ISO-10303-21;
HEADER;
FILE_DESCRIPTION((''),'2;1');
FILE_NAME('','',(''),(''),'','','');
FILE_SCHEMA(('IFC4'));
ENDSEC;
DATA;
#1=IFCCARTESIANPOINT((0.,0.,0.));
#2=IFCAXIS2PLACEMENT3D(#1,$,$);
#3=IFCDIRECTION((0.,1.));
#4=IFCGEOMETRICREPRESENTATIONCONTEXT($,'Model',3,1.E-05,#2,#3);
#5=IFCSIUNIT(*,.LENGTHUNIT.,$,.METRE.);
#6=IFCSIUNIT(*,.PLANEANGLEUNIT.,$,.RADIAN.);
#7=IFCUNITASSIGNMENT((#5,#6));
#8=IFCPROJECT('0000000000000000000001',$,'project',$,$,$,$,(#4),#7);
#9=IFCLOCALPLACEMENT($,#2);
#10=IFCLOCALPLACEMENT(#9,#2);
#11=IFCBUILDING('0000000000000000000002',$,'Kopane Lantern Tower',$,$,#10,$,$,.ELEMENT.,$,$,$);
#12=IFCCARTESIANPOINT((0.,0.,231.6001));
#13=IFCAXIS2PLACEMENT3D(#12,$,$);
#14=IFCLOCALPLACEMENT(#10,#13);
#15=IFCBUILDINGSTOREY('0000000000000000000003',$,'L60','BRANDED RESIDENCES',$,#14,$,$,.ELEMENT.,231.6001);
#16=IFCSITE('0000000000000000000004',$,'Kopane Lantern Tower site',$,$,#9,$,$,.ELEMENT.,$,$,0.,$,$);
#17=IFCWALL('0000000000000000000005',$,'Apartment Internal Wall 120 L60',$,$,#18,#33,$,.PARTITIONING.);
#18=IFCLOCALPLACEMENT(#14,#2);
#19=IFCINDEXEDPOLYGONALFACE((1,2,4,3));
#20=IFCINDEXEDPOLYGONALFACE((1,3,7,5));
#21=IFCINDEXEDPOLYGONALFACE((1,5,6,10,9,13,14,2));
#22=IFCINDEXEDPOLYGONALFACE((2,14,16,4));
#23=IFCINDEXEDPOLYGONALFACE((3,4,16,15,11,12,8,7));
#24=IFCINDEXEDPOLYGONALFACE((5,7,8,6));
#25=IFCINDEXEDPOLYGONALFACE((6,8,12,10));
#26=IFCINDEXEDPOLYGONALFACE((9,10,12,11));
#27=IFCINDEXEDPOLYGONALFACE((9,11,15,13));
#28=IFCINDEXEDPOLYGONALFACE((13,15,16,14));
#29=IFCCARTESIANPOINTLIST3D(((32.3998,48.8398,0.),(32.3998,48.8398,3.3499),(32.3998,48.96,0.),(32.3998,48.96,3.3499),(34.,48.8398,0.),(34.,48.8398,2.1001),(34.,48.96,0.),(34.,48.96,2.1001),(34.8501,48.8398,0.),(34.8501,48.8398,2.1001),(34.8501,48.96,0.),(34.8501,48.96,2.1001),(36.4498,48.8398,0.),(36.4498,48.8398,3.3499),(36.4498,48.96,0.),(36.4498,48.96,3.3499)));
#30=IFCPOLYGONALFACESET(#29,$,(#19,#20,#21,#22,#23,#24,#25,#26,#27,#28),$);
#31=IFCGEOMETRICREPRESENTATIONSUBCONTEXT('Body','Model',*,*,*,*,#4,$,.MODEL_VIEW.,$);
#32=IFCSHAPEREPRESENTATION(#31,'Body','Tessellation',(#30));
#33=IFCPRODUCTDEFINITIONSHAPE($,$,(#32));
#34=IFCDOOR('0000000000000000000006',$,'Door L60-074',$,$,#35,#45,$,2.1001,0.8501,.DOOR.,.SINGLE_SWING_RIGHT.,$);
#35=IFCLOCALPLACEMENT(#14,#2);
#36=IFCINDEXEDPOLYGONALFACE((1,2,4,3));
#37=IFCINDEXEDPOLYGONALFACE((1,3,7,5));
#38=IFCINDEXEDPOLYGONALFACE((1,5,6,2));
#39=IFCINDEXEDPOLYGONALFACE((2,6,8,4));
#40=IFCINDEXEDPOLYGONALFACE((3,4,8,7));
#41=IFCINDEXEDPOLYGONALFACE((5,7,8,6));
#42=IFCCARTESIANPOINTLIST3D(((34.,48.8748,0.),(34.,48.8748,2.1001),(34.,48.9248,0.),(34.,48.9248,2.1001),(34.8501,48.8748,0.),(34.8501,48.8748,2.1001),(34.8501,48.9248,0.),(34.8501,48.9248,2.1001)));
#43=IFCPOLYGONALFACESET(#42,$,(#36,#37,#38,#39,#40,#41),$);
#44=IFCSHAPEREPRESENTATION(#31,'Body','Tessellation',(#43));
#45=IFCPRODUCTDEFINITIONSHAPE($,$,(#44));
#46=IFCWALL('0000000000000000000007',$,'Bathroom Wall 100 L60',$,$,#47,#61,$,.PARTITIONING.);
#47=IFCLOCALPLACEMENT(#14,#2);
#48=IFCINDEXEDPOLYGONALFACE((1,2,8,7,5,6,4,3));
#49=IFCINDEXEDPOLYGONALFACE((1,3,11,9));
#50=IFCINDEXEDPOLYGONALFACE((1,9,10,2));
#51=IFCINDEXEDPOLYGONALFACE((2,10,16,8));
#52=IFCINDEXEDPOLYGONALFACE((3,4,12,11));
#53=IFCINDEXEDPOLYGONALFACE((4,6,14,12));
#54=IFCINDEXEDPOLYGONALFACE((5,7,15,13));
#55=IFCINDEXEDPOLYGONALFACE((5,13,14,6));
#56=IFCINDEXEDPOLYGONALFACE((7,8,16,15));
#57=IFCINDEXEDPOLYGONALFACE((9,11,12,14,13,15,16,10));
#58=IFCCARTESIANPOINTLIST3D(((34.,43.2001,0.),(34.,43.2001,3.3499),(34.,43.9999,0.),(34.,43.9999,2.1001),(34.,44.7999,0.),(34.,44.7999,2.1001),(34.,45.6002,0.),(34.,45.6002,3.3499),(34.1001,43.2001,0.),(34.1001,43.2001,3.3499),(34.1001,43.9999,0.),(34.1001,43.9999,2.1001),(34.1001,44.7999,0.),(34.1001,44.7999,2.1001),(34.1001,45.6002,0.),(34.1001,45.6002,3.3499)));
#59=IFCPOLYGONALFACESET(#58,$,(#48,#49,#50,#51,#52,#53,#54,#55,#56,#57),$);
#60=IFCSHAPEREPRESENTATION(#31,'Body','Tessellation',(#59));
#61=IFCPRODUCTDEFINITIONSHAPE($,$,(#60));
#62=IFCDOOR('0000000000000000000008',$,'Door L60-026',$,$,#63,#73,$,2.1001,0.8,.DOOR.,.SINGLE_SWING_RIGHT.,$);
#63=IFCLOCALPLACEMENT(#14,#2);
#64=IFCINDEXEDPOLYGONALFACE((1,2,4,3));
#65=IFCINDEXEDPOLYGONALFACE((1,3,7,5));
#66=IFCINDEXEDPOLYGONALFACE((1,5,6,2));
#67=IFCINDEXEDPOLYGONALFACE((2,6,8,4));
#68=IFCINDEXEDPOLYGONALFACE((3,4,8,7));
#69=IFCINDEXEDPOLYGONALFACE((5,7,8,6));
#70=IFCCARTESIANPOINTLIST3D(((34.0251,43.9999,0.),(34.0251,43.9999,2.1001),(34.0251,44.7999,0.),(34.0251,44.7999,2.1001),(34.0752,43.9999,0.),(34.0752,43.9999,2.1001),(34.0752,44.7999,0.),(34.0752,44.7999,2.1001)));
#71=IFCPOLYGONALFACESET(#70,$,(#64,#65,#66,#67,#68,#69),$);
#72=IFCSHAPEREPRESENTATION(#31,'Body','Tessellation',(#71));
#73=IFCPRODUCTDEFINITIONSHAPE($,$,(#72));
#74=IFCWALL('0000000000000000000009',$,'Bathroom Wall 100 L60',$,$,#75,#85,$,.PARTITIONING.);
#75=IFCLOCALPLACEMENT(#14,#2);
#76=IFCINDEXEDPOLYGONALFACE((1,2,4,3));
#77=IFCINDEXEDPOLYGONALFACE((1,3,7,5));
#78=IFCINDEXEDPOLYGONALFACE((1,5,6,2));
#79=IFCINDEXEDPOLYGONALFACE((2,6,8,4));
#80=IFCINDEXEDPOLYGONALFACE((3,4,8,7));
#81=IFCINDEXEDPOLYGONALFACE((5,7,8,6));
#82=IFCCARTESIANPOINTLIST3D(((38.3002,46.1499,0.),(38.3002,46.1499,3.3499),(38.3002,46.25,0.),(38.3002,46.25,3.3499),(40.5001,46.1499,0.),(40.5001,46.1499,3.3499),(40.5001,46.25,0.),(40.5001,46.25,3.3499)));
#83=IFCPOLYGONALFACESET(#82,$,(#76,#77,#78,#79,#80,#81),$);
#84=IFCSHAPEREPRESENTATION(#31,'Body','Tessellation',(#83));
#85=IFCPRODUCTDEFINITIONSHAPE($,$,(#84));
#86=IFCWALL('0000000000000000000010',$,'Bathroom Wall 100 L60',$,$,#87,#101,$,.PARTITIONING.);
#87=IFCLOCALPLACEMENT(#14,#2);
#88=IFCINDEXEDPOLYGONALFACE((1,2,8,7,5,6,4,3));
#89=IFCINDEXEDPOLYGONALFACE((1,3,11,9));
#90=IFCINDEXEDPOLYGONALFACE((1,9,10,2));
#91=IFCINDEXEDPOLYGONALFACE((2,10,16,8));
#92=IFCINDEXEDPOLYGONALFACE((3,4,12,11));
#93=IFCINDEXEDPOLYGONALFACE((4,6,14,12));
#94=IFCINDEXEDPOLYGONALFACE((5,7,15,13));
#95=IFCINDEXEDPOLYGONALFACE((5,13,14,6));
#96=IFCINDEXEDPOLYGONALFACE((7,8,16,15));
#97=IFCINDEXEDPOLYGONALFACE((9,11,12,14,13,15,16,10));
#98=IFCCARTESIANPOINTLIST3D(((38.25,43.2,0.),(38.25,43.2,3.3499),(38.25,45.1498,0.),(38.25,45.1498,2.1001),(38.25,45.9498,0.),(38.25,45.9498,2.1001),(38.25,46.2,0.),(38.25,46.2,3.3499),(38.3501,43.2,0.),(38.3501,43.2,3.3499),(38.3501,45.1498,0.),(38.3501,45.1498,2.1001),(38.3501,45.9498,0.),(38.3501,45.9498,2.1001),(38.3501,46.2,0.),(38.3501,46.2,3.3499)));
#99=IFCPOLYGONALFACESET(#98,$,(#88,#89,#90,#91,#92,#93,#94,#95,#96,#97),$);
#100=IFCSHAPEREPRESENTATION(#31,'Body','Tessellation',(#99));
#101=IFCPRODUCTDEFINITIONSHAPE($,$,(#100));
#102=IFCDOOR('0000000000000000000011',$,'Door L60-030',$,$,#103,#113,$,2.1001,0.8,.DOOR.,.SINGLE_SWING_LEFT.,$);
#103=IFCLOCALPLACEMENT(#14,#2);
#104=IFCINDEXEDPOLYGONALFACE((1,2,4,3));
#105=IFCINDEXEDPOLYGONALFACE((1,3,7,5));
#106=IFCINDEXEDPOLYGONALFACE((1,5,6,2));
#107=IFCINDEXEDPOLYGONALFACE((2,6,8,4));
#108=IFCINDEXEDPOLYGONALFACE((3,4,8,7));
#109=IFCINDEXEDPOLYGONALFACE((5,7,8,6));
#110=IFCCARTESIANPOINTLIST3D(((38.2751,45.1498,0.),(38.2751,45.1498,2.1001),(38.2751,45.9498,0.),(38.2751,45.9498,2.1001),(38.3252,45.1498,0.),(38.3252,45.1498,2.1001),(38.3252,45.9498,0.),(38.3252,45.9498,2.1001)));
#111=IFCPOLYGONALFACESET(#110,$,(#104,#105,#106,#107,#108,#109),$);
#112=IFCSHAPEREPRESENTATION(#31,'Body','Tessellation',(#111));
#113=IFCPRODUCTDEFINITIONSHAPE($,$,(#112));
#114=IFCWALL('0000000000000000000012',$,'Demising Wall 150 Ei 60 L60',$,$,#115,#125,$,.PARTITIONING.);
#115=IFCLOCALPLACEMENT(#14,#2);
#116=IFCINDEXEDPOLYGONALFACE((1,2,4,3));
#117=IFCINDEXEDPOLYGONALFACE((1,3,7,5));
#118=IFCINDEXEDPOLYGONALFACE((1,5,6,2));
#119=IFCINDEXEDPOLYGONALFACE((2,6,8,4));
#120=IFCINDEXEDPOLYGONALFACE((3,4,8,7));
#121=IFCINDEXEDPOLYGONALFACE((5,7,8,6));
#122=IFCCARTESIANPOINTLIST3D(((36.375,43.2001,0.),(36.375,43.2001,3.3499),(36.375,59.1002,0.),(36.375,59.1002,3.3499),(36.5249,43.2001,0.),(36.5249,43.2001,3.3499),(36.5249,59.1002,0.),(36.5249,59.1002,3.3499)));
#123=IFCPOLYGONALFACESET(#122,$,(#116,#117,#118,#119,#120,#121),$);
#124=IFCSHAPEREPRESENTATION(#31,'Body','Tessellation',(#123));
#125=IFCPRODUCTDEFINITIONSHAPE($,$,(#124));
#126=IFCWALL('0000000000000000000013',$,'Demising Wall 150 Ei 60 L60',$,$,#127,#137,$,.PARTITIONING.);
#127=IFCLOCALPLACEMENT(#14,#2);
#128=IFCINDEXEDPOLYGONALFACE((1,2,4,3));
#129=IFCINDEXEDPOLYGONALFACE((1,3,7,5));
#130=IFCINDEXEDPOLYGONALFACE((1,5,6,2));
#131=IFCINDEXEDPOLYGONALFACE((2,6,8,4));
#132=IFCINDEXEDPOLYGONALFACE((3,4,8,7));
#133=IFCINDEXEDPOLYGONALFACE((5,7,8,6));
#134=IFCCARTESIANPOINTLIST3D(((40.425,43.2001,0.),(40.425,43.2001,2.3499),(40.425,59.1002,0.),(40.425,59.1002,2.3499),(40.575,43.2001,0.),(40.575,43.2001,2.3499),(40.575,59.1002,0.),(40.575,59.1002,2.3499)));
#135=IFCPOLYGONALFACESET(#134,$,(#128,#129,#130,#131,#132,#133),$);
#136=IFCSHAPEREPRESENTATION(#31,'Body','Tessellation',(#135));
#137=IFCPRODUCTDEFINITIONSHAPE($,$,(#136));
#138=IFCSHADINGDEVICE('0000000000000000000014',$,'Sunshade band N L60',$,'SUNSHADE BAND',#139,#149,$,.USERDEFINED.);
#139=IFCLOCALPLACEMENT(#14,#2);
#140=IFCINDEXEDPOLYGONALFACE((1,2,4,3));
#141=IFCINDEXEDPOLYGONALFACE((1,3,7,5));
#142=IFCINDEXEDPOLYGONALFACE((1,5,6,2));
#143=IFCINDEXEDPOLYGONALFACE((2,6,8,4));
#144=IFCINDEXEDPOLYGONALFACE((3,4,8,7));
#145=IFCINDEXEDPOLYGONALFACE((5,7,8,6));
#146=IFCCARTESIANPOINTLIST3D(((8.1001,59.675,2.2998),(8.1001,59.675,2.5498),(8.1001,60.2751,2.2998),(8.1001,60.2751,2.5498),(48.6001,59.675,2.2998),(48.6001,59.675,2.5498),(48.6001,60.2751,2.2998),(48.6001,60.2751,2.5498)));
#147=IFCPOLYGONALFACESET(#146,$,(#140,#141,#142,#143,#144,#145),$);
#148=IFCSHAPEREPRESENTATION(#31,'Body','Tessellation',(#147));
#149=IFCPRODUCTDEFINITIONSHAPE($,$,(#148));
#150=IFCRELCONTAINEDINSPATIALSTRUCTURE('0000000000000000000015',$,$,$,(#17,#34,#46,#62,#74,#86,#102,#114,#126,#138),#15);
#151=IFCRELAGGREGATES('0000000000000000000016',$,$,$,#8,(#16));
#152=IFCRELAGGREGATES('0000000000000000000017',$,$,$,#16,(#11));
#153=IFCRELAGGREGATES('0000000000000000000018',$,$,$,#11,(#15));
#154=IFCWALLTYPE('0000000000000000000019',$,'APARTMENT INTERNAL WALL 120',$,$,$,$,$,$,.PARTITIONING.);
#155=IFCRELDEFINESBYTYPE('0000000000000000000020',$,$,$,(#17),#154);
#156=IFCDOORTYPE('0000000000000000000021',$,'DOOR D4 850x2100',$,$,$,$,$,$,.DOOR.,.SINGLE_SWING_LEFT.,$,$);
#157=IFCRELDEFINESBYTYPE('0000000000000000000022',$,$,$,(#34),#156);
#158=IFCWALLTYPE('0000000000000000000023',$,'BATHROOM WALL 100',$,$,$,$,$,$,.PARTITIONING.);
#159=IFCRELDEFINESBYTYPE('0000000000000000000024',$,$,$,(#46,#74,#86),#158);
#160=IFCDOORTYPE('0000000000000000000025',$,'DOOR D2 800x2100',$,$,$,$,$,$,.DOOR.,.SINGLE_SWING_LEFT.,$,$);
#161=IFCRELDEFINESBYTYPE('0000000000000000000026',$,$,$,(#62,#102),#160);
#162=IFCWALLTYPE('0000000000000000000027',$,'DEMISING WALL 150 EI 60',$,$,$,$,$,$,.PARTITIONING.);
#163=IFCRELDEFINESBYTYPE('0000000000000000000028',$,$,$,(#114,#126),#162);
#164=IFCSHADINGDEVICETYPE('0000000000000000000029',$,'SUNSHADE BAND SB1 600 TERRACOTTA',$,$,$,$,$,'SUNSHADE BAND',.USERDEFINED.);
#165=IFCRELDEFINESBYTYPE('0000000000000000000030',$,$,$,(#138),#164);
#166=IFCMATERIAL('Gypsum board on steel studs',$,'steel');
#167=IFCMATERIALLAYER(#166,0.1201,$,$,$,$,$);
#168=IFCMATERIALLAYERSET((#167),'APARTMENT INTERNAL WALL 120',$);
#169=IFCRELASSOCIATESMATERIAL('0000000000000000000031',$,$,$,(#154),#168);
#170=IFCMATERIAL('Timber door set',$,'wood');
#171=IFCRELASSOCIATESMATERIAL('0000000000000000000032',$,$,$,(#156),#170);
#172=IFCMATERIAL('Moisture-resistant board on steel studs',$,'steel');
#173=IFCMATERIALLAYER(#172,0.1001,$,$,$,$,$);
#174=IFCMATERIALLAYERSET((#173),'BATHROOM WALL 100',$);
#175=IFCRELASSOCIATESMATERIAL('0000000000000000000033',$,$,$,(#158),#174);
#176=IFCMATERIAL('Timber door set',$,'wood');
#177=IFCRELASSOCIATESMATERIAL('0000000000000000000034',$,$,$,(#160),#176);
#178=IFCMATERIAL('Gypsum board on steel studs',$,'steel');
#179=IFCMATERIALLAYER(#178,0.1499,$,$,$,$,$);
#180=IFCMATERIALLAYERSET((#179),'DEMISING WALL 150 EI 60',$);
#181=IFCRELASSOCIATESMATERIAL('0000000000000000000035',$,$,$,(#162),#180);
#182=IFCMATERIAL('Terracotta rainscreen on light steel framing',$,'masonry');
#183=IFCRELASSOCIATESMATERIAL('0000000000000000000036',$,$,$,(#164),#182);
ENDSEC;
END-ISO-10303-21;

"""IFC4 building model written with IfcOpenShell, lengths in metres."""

from ifc_helpers import new_model, si_unit, direction, frame, frame_2d, origin, origin_2d, place, context, subcontext, project, spatial, rectangle, extrude, material, layer, layer_set, type_object, element, fill, save


model = new_model("IFC4")

# Units and contexts
model_context = context("Model", 3, precision=1e-05, world=origin(), true_north=direction((0.0, 1.0)))
body_context = subcontext(model_context, "Body", "Model", "MODEL_VIEW")
ifc_project = project(units=[si_unit("LENGTHUNIT", "METRE"), si_unit("PLANEANGLEUNIT", "RADIAN")], contexts=[model_context])

# Site, building, storey
site_placement = place(None, origin())
site = spatial("IfcSite", under=ifc_project, at=site_placement, Name="Kopane Lantern Tower site", CompositionType="ELEMENT", RefElevation=0.0)
building_placement = place(site_placement, origin())
building = spatial("IfcBuilding", under=site, at=building_placement, Name="Kopane Lantern Tower", CompositionType="ELEMENT")
storey_placement = place(building_placement, frame((0.0, 0.0, 231.6001)))
storey = spatial("IfcBuildingStorey", under=building, at=storey_placement, Name="L60", Description="BRANDED RESIDENCES", CompositionType="ELEMENT", Elevation=231.6001)

# Shared definitions
ifc_material_1 = material(Name="Gypsum board on steel studs", Category="steel")
ifc_layer_1 = layer(ifc_material_1, 0.1201)
ifc_layer_set_1 = layer_set([ifc_layer_1], Name="APARTMENT INTERNAL WALL 120")
wall_type_1 = type_object("IfcWallType", Name="APARTMENT INTERNAL WALL 120", PredefinedType="PARTITIONING", material=ifc_layer_set_1)

# Shared definitions
ifc_material_2 = material(Name="Timber door set", Category="wood")
door_type_1 = type_object("IfcDoorType", Name="DOOR D4 850x2100", OperationType="SINGLE_SWING_LEFT", PredefinedType="DOOR", material=ifc_material_2)

# Walls, openings, doors
wall_1_placement = place(storey_placement, frame((32.3999, 48.8999, 0.0), z_axis=(0.0, 0.0, 1.0), x_axis=(1.0, 0.0, 0.0)))
wall_1 = element("IfcWall", 1, at=wall_1_placement, inside=storey, type_object=wall_type_1, Name="Apartment Internal Wall 120 L60", PredefinedType="PARTITIONING", context=body_context, shape_type="SweptSolid", body=[
    extrude(rectangle(XDim=4.05, YDim=0.1201, at=frame_2d((2.0249, 0.0))), origin(), (0.0, 0.0, 1.0), 3.3499),
])
opening_1_placement = place(wall_1_placement, frame((1.6001, 0.0, 0.0)))
opening_1 = element("IfcOpeningElement", 2, at=opening_1_placement, cuts=wall_1, PredefinedType="OPENING", context=body_context, shape_type="SweptSolid", body=[
    extrude(rectangle(XDim=0.8501, YDim=2.1001, at=frame_2d((0.425, 1.05))), frame((0.0, 0.0701, 0.0), z_axis=(0.0, -1.0, 0.0), x_axis=(1.0, 0.0, 0.0)), (0.0, 0.0, 1.0), 0.1401),
])
door_1_placement = place(opening_1_placement, origin())
door_1 = element("IfcDoor", 3, at=door_1_placement, inside=storey, type_object=door_type_1, Name="Door L60-074", OperationType="SINGLE_SWING_RIGHT", OverallHeight=2.1001, OverallWidth=0.8501, PredefinedType="DOOR", context=body_context, shape_type="SweptSolid", body=[
    extrude(rectangle(XDim=0.8501, YDim=2.1001, at=frame_2d((0.425, 1.05))), frame((0.0, 0.0249, 0.0), z_axis=(0.0, -1.0, 0.0), x_axis=(1.0, 0.0, 0.0)), (0.0, 0.0, 1.0), 0.05),
])
fill(opening_1, door_1)
ifc_material_3 = material(Name="Moisture-resistant board on steel studs", Category="steel")
ifc_layer_2 = layer(ifc_material_3, 0.1001)
ifc_layer_set_2 = layer_set([ifc_layer_2], Name="BATHROOM WALL 100")
wall_type_2 = type_object("IfcWallType", Name="BATHROOM WALL 100", PredefinedType="PARTITIONING", material=ifc_layer_set_2)
wall_2_placement = place(storey_placement, frame((34.05, 43.2, 0.0), z_axis=(0.0, 0.0, 1.0), x_axis=(0.0, 1.0, 0.0)))
wall_2 = element("IfcWall", 4, at=wall_2_placement, inside=storey, type_object=wall_type_2, Name="Bathroom Wall 100 L60", PredefinedType="PARTITIONING", context=body_context, shape_type="SweptSolid", body=[
    extrude(rectangle(XDim=2.4001, YDim=0.1001, at=frame_2d((1.2002, 0.0))), origin(), (0.0, 0.0, 1.0), 3.3499),
])
opening_2_placement = place(wall_2_placement, frame((0.8, 0.0, 0.0)))
opening_2 = element("IfcOpeningElement", 5, at=opening_2_placement, cuts=wall_2, PredefinedType="OPENING", context=body_context, shape_type="SweptSolid", body=[
    extrude(rectangle(XDim=0.8, YDim=2.1001, at=frame_2d((0.3999, 1.05))), frame((0.0, 0.0601, 0.0), z_axis=(0.0, -1.0, 0.0), x_axis=(1.0, 0.0, 0.0)), (0.0, 0.0, 1.0), 0.1201),
])
ifc_material_4 = material(Name="Timber door set", Category="wood")
door_type_2 = type_object("IfcDoorType", Name="DOOR D2 800x2100", OperationType="SINGLE_SWING_LEFT", PredefinedType="DOOR", material=ifc_material_4)
door_2_placement = place(opening_2_placement, origin())
door_2 = element("IfcDoor", 6, at=door_2_placement, inside=storey, type_object=door_type_2, Name="Door L60-026", OperationType="SINGLE_SWING_RIGHT", OverallHeight=2.1001, OverallWidth=0.8, PredefinedType="DOOR", context=body_context, shape_type="SweptSolid", body=[
    extrude(rectangle(XDim=0.8, YDim=2.1001, at=frame_2d((0.3999, 1.05))), frame((0.0, 0.0249, 0.0), z_axis=(0.0, -1.0, 0.0), x_axis=(1.0, 0.0, 0.0)), (0.0, 0.0, 1.0), 0.05),
])
fill(opening_2, door_2)

# Wall
wall_3_placement = place(storey_placement, frame((38.3, 46.2, 0.0), z_axis=(0.0, 0.0, 1.0), x_axis=(1.0, 0.0, 0.0)))
element("IfcWall", 7, at=wall_3_placement, inside=storey, type_object=wall_type_2, Name="Bathroom Wall 100 L60", PredefinedType="PARTITIONING", context=body_context, shape_type="SweptSolid", body=[
    extrude(rectangle(XDim=2.2, YDim=0.1001, at=frame_2d((1.1001, 0.0))), origin(), (0.0, 0.0, 1.0), 3.3499),
])

# Wall, opening, door
wall_4_placement = place(storey_placement, frame((38.3, 43.2, 0.0), z_axis=(0.0, 0.0, 1.0), x_axis=(0.0, 1.0, 0.0)))
wall_4 = element("IfcWall", 8, at=wall_4_placement, inside=storey, type_object=wall_type_2, Name="Bathroom Wall 100 L60", PredefinedType="PARTITIONING", context=body_context, shape_type="SweptSolid", body=[
    extrude(rectangle(XDim=3.0, YDim=0.1001, at=frame_2d((1.5, 0.0))), origin(), (0.0, 0.0, 1.0), 3.3499),
])
opening_3_placement = place(wall_4_placement, frame((1.95, 0.0, 0.0)))
opening_3 = element("IfcOpeningElement", 9, at=opening_3_placement, cuts=wall_4, PredefinedType="OPENING", context=body_context, shape_type="SweptSolid", body=[
    extrude(rectangle(XDim=0.8, YDim=2.1001, at=frame_2d((0.3999, 1.05))), frame((0.0, 0.0601, 0.0), z_axis=(0.0, -1.0, 0.0), x_axis=(1.0, 0.0, 0.0)), (0.0, 0.0, 1.0), 0.1201),
])
door_3_placement = place(opening_3_placement, origin())
door_3 = element("IfcDoor", 10, at=door_3_placement, inside=storey, type_object=door_type_2, Name="Door L60-030", OperationType="SINGLE_SWING_LEFT", OverallHeight=2.1001, OverallWidth=0.8, PredefinedType="DOOR", context=body_context, shape_type="SweptSolid", body=[
    extrude(rectangle(XDim=0.8, YDim=2.1001, at=frame_2d((0.3999, 1.05))), frame((0.0, 0.0249, 0.0), z_axis=(0.0, -1.0, 0.0), x_axis=(1.0, 0.0, 0.0)), (0.0, 0.0, 1.0), 0.05),
])
fill(opening_3, door_3)

# Walls
ifc_material_5 = material(Name="Gypsum board on steel studs", Category="steel")
ifc_layer_3 = layer(ifc_material_5, 0.1499)
ifc_layer_set_3 = layer_set([ifc_layer_3], Name="DEMISING WALL 150 EI 60")
wall_type_3 = type_object("IfcWallType", Name="DEMISING WALL 150 EI 60", PredefinedType="PARTITIONING", material=ifc_layer_set_3)
wall_5_placement = place(storey_placement, frame((36.45, 43.2, 0.0), z_axis=(0.0, 0.0, 1.0), x_axis=(0.0, 1.0, 0.0)))
element("IfcWall", 11, at=wall_5_placement, inside=storey, type_object=wall_type_3, Name="Demising Wall 150 Ei 60 L60", PredefinedType="PARTITIONING", context=body_context, shape_type="SweptSolid", body=[
    extrude(rectangle(XDim=15.9001, YDim=0.1499, at=frame_2d((7.9502, 0.0))), origin(), (0.0, 0.0, 1.0), 3.3499),
])
wall_6_placement = place(storey_placement, frame((40.5, 43.2, 0.0), z_axis=(0.0, 0.0, 1.0), x_axis=(0.0, 1.0, 0.0)))
element("IfcWall", 12, at=wall_6_placement, inside=storey, type_object=wall_type_3, Name="Demising Wall 150 Ei 60 L60", PredefinedType="PARTITIONING", context=body_context, shape_type="SweptSolid", body=[
    extrude(rectangle(XDim=15.9001, YDim=0.1499, at=frame_2d((7.9502, 0.0))), origin(), (0.0, 0.0, 1.0), 2.3499),
])

# Shading device
ifc_material_6 = material(Name="Terracotta rainscreen on light steel framing", Category="masonry")
shading_device_type = type_object("IfcShadingDeviceType", Name="SUNSHADE BAND SB1 600 TERRACOTTA", ElementType="SUNSHADE BAND", PredefinedType="USERDEFINED", material=ifc_material_6)
shading_device_placement = place(storey_placement, frame((28.3501, 59.9751, 2.2998), z_axis=(0.0, 0.0, 1.0), x_axis=(-1.0, 0.0, 0.0)))
element("IfcShadingDevice", 13, at=shading_device_placement, inside=storey, type_object=shading_device_type, Name="Sunshade band N L60", ObjectType="SUNSHADE BAND", PredefinedType="USERDEFINED", context=body_context, shape_type="SweptSolid", body=[
    extrude(rectangle(XDim=40.5, YDim=0.6001, at=origin_2d()), origin(), (0.0, 0.0, 1.0), 0.25),
])

save(model, "model.ifc")
